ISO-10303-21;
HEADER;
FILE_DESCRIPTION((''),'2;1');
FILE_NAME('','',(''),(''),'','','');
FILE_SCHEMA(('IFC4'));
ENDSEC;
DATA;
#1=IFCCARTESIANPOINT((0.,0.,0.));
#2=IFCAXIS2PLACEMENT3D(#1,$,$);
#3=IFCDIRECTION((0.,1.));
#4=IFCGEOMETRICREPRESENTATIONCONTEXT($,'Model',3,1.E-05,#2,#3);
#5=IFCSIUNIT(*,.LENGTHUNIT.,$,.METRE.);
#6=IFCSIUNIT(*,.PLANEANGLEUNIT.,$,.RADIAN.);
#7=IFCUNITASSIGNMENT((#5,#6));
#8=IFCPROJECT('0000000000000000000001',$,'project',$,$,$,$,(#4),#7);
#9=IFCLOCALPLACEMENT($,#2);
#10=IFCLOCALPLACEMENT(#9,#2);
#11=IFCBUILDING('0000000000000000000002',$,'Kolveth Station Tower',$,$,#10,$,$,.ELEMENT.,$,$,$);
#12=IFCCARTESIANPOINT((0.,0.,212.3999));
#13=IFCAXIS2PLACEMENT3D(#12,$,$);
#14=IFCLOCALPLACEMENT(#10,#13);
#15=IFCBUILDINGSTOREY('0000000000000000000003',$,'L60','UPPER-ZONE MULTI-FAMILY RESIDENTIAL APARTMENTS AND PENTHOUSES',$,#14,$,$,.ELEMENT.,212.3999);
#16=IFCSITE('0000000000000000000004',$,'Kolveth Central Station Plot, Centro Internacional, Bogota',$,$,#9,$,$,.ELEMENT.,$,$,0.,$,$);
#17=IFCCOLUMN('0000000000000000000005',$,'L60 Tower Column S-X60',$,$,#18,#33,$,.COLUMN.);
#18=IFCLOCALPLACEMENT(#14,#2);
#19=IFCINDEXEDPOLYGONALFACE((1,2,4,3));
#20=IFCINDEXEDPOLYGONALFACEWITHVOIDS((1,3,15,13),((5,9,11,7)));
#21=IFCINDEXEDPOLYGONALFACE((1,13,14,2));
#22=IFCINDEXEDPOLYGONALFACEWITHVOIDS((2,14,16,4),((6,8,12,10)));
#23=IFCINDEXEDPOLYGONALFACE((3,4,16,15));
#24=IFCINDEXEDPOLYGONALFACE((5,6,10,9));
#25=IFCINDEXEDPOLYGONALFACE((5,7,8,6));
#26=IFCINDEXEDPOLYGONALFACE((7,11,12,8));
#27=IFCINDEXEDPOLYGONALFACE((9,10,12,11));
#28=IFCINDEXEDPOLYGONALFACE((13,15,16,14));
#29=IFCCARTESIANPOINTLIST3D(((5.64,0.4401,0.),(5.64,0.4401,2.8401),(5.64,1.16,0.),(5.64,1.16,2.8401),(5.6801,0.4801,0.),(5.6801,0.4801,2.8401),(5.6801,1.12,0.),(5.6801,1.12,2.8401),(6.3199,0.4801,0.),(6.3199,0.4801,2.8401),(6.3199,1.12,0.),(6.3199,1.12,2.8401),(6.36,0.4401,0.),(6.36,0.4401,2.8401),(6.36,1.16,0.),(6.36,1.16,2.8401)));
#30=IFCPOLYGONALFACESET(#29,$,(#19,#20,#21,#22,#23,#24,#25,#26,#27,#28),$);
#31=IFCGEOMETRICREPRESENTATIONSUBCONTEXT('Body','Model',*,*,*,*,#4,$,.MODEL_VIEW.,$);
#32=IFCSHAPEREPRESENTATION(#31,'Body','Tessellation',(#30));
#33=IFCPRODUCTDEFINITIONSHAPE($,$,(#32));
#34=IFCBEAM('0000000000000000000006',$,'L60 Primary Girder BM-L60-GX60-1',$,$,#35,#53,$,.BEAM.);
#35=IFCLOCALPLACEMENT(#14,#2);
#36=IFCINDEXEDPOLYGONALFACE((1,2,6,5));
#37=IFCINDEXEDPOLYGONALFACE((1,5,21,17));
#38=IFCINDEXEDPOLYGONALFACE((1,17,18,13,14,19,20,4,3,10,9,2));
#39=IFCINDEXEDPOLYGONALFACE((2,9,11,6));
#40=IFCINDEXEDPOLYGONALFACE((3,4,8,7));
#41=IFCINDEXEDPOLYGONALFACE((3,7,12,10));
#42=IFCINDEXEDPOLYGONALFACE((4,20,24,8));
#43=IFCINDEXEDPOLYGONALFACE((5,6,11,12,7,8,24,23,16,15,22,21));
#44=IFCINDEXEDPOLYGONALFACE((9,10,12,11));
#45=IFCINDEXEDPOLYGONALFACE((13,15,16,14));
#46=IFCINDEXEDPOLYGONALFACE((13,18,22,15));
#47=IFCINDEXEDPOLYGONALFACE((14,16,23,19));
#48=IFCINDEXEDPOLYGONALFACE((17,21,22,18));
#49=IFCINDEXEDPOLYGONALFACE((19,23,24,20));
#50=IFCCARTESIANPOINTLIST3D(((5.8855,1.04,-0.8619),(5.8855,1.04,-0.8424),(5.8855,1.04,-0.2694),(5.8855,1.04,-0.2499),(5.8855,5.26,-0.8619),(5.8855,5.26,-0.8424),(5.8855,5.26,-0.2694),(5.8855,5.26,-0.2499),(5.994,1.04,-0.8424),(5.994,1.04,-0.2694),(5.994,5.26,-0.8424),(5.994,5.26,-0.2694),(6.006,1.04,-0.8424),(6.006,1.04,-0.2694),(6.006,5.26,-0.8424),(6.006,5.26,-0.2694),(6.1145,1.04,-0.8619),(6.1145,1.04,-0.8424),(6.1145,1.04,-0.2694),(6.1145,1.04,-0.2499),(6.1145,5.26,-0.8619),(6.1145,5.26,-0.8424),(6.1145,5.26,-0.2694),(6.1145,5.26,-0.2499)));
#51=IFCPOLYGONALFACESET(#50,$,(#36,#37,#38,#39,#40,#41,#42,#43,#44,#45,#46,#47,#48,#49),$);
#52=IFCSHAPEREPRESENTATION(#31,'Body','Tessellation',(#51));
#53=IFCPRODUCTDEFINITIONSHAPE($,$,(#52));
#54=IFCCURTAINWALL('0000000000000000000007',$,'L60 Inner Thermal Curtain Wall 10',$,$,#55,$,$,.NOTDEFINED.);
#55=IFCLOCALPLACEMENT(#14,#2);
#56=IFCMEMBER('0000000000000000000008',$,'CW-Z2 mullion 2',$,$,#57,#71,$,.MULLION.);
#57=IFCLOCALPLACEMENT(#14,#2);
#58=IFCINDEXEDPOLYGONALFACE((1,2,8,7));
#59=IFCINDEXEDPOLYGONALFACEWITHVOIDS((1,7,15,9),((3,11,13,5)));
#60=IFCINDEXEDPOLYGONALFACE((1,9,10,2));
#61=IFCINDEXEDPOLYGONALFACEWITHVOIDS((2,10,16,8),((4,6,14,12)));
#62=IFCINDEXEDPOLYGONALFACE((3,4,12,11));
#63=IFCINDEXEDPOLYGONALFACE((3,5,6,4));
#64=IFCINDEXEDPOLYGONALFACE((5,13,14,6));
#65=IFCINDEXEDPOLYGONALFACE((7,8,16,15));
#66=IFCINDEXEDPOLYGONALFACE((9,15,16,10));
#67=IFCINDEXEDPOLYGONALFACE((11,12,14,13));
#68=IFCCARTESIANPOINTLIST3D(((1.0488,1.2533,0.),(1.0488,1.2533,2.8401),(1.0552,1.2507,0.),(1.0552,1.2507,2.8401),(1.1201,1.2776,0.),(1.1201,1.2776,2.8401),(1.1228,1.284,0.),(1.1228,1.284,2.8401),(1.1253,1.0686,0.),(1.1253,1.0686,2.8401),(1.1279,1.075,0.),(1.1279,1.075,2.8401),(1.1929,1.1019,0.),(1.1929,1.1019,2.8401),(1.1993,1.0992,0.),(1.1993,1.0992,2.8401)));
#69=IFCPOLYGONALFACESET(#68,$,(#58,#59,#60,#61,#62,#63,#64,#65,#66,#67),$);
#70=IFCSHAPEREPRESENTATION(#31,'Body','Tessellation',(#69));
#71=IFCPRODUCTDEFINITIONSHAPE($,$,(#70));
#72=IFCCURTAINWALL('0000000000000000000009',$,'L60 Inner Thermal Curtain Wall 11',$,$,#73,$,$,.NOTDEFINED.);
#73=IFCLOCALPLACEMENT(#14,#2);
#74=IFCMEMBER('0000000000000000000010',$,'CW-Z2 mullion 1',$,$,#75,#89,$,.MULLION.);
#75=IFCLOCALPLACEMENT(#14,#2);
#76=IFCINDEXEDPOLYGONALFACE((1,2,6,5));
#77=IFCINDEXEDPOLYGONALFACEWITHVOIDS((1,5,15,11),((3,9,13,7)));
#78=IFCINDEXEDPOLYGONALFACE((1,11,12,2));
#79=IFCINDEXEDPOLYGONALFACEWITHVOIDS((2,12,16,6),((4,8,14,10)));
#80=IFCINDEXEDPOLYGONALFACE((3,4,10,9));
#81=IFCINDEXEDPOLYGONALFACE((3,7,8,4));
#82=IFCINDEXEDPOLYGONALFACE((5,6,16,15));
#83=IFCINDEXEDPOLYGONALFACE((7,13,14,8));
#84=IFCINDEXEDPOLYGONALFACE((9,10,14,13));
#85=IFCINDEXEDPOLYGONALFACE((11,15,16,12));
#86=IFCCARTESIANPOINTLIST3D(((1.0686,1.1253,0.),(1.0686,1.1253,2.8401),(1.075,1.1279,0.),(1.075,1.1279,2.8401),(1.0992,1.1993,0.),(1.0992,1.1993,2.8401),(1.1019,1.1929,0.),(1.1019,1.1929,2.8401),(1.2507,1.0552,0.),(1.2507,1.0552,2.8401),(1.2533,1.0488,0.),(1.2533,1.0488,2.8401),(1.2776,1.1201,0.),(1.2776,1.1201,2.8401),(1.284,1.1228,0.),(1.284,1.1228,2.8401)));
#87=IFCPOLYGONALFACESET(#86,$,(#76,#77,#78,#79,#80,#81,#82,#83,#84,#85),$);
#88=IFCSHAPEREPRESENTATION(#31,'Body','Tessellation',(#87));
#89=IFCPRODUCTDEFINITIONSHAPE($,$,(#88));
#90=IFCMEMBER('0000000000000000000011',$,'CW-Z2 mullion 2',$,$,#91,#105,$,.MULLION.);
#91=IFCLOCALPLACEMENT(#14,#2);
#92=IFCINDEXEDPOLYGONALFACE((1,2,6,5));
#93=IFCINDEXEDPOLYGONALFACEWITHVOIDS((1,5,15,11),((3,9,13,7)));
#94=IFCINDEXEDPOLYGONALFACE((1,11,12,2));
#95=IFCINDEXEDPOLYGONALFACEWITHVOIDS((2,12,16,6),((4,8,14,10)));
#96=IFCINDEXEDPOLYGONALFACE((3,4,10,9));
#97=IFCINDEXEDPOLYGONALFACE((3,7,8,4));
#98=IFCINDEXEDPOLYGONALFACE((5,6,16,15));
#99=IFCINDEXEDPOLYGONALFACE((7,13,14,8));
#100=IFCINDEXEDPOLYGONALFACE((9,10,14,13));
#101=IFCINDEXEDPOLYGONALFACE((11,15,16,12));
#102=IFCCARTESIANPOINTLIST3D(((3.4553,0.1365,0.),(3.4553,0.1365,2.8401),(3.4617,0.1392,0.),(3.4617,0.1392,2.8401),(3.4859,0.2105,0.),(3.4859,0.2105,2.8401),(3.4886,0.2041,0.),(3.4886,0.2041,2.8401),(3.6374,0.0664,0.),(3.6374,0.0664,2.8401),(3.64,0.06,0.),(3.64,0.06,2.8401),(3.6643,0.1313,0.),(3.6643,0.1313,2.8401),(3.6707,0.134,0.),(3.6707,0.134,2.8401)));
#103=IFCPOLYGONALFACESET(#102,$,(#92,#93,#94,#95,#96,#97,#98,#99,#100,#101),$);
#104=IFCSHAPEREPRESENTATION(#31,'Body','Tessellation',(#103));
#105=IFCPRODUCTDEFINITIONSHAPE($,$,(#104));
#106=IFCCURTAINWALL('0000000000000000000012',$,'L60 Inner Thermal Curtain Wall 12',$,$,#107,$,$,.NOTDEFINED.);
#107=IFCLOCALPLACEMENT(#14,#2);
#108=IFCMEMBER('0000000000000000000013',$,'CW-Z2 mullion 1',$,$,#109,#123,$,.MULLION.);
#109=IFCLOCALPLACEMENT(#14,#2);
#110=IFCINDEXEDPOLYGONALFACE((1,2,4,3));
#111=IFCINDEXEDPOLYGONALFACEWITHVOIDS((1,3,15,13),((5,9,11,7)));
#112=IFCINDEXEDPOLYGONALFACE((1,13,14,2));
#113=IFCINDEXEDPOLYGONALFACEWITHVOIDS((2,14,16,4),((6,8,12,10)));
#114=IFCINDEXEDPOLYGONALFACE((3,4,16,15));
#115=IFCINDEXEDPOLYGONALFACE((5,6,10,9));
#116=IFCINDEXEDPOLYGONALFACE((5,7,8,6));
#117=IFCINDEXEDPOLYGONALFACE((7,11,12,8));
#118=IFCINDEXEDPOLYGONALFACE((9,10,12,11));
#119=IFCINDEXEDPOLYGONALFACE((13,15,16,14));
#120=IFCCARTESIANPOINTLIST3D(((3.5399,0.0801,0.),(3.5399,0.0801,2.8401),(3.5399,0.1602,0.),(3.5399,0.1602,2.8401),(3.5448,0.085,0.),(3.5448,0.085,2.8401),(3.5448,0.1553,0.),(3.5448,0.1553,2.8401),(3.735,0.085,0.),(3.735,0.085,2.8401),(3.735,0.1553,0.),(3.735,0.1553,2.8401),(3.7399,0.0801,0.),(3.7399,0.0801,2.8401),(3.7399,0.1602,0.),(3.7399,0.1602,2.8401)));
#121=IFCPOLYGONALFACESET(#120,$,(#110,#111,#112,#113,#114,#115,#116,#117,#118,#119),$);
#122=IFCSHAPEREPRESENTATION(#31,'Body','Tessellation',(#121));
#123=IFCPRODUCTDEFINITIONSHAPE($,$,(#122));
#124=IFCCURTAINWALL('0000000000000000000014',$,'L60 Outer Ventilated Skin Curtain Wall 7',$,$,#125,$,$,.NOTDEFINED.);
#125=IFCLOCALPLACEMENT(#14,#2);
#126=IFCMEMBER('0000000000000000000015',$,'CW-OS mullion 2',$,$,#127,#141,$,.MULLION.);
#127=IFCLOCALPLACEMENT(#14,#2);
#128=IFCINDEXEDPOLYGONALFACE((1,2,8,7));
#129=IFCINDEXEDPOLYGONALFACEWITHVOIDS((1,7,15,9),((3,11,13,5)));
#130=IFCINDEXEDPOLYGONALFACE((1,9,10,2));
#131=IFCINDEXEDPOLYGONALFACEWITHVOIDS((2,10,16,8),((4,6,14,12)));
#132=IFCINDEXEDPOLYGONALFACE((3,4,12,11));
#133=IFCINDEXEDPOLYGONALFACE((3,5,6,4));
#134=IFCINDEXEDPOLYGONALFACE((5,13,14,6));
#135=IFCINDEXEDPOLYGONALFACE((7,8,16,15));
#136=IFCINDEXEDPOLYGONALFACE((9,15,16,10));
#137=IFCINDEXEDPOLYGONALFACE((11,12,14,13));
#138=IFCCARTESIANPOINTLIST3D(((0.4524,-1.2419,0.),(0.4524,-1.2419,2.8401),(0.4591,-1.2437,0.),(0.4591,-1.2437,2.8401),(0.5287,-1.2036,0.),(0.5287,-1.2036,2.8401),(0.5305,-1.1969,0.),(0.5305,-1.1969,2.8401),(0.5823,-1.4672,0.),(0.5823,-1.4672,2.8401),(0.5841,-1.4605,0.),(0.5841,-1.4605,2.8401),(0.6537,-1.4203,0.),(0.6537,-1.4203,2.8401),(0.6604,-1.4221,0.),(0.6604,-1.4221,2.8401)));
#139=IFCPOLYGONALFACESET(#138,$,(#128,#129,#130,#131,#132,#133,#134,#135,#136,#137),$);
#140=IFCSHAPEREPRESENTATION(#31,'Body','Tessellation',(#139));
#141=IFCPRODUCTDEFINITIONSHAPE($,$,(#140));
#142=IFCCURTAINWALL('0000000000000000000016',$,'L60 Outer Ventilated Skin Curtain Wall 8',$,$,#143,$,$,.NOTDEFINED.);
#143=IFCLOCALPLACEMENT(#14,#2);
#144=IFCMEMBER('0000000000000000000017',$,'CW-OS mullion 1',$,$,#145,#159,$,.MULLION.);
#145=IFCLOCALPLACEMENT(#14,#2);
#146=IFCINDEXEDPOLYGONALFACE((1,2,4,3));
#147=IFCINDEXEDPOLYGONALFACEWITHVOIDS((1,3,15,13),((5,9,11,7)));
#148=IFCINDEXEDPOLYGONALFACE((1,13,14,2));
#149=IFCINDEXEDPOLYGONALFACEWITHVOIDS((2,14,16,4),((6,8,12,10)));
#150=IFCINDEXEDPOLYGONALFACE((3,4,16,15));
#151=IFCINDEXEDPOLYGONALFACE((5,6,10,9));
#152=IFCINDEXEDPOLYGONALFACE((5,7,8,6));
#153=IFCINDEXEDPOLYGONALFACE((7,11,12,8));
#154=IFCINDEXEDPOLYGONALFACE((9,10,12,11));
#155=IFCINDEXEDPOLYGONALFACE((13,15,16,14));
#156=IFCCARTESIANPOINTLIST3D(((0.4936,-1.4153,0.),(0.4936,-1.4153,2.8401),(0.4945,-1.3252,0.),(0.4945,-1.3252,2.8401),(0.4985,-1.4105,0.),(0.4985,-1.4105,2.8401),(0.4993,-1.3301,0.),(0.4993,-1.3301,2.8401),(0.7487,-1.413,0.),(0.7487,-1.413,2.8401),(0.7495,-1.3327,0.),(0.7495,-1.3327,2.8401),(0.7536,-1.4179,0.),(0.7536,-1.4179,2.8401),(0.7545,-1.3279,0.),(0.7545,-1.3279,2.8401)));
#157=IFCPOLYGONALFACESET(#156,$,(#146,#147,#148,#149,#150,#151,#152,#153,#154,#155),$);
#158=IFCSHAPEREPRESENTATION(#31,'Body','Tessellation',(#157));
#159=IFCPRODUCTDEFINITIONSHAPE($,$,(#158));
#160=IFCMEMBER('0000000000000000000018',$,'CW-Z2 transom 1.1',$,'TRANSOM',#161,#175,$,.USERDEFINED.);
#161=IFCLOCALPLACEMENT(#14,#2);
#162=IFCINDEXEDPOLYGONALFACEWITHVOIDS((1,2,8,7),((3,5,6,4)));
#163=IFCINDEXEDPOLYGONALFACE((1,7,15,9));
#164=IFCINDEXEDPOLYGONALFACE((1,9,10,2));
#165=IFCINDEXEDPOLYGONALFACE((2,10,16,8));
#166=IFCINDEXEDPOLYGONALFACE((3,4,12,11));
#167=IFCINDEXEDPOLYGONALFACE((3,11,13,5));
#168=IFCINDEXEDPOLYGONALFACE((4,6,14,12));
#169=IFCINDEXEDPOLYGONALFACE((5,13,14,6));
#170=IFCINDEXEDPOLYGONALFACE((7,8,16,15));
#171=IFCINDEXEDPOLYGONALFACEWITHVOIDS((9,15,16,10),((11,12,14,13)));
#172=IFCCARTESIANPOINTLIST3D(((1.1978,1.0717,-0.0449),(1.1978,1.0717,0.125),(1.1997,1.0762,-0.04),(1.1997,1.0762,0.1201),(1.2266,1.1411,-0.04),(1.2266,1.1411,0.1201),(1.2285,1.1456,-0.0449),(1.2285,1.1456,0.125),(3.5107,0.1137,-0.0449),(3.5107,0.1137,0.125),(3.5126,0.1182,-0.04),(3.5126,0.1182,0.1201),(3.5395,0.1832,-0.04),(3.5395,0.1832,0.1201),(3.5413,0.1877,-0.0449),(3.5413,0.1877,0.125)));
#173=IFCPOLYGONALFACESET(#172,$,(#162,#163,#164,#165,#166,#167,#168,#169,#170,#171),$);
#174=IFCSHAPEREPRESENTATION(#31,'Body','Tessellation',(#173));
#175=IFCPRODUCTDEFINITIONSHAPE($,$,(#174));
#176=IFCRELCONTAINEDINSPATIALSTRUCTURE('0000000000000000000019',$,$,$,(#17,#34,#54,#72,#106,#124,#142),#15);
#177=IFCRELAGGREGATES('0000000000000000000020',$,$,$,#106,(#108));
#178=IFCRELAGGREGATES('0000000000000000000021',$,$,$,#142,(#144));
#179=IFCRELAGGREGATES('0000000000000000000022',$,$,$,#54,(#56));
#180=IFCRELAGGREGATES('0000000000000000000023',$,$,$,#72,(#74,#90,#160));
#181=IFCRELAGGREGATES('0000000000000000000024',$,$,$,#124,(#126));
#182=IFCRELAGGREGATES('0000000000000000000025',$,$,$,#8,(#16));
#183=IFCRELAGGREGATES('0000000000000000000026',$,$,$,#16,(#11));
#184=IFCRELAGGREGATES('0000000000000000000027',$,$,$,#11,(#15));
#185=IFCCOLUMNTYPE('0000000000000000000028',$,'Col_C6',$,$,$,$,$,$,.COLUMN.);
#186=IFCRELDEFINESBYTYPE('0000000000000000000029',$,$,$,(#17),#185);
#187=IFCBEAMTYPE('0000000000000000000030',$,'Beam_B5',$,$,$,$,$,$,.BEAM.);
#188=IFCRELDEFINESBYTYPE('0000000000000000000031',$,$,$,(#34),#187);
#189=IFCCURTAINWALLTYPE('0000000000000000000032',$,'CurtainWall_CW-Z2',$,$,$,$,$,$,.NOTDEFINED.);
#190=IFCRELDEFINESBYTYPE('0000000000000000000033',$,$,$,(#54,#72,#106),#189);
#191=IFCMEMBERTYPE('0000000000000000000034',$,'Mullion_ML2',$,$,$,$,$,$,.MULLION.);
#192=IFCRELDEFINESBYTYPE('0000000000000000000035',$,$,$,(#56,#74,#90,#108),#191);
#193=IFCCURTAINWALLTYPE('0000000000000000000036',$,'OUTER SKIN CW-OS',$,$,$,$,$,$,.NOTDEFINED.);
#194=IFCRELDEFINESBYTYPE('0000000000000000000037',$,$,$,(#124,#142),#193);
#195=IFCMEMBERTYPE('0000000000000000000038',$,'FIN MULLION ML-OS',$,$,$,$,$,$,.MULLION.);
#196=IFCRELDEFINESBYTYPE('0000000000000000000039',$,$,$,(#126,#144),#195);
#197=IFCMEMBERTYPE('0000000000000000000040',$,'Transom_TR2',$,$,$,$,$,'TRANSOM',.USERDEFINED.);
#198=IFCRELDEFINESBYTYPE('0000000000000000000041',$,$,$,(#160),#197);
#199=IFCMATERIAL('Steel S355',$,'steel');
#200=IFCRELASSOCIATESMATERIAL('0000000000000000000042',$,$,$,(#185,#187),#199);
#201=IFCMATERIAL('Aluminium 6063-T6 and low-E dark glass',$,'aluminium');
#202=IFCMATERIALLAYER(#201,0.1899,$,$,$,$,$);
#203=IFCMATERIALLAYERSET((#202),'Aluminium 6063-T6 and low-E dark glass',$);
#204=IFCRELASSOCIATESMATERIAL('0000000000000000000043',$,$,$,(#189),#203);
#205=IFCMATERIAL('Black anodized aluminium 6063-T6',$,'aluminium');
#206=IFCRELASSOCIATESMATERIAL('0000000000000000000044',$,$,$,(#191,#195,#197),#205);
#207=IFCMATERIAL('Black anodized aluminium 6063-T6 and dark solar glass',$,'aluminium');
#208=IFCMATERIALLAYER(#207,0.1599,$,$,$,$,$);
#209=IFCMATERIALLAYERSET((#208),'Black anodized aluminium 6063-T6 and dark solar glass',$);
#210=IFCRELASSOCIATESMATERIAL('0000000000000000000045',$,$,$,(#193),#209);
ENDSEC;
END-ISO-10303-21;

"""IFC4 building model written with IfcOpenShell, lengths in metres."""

from ifc_helpers import new_model, si_unit, direction, frame, origin, origin_2d, place, context, subcontext, project, spatial, hollow_rectangle, i_section, extrude, source, transform, mapped, material, layer, layer_set, material_profile, profile_set, type_object, element, aggregate, save


model = new_model("IFC4")

# Units and contexts
model_context = context("Model", 3, precision=1e-05, world=origin(), true_north=direction((0.0, 1.0)))
body_context = subcontext(model_context, "Body", "Model", "MODEL_VIEW")
ifc_project = project(units=[si_unit("LENGTHUNIT", "METRE"), si_unit("PLANEANGLEUNIT", "RADIAN")], contexts=[model_context])

# Site, building, storey
site_placement = place(None, origin())
site = spatial("IfcSite", under=ifc_project, at=site_placement, Name="Kolveth Central Station Plot, Centro Internacional, Bogota", CompositionType="ELEMENT", RefElevation=0.0)
building_placement = place(site_placement, origin())
building = spatial("IfcBuilding", under=site, at=building_placement, Name="Kolveth Station Tower", CompositionType="ELEMENT")
storey_placement = place(building_placement, frame((0.0, 0.0, 212.3999)))
storey = spatial("IfcBuildingStorey", under=building, at=storey_placement, Name="L60", Description="UPPER-ZONE MULTI-FAMILY RESIDENTIAL APARTMENTS AND PENTHOUSES", CompositionType="ELEMENT", Elevation=212.3999)

# Column
ifc_material_1 = material(Name="Steel S355", Category="steel")
ifc_material_profile_1 = material_profile(ifc_material_1, hollow_rectangle(XDim=0.72, YDim=0.72, WallThickness=0.04, at=origin_2d()), Name="BOX720x720x40")
ifc_profile_set_1 = profile_set([ifc_material_profile_1], Name="Steel S355")
column_type = type_object("IfcColumnType", Name="Col_C6", PredefinedType="COLUMN", material=ifc_profile_set_1)
shared_shape_1 = source(origin(), body_context, "Body", "SweptSolid", [
    extrude(hollow_rectangle(XDim=0.72, YDim=0.72, WallThickness=0.04, at=origin_2d()), origin(), (0.0, 0.0, 1.0), 2.8401),
])
column_placement = place(storey_placement, frame((6.0, 0.8, 0.0), z_axis=(0.0, 0.0, 1.0), x_axis=(1.0, 0.0, 0.0)))
element("IfcColumn", 1, at=column_placement, inside=storey, type_object=column_type, Name="L60 Tower Column S-X60", PredefinedType="COLUMN", context=body_context, shape_type="MappedRepresentation", body=[
    mapped(shared_shape_1, transform((0.0, 0.0, 0.0), x_axis=(1.0, 0.0, 0.0), y_axis=(0.0, 1.0, 0.0), z_axis=(0.0, 0.0, 1.0), scale=1.0)),
])

# Beam
ifc_material_profile_2 = material_profile(ifc_material_1, i_section(OverallWidth=0.229, OverallDepth=0.6121, WebThickness=0.012, FlangeThickness=0.0195, at=origin_2d()), Name="W610x125")
ifc_profile_set_2 = profile_set([ifc_material_profile_2], Name="Steel S355")
beam_type = type_object("IfcBeamType", Name="Beam_B5", PredefinedType="BEAM", material=ifc_profile_set_2)
shared_shape_2 = source(origin(), body_context, "Body", "SweptSolid", [
    extrude(i_section(OverallWidth=0.229, OverallDepth=0.6121, WebThickness=0.012, FlangeThickness=0.0195, at=origin_2d()), origin(), (0.0, 0.0, 1.0), 4.22),
])
beam_placement = place(storey_placement, frame((6.0, 1.04, -0.5559), z_axis=(0.0, 1.0, 0.0), x_axis=(-1.0, 0.0, 0.0)))
element("IfcBeam", 2, at=beam_placement, inside=storey, type_object=beam_type, Name="L60 Primary Girder BM-L60-GX60-1", PredefinedType="BEAM", context=body_context, shape_type="MappedRepresentation", body=[
    mapped(shared_shape_2, transform((0.0, 0.0, 0.0), x_axis=(1.0, 0.0, 0.0), y_axis=(0.0, 1.0, 0.0), z_axis=(0.0, 0.0, 1.0), scale=1.0)),
])

# Curtain wall, member
ifc_material_2 = material(Name="Aluminium 6063-T6 and low-E dark glass", Category="aluminium")
ifc_layer_1 = layer(ifc_material_2, 0.1899)
ifc_layer_set_1 = layer_set([ifc_layer_1], Name="Aluminium 6063-T6 and low-E dark glass")
curtain_wall_type_1 = type_object("IfcCurtainWallType", Name="CurtainWall_CW-Z2", PredefinedType="NOTDEFINED", material=ifc_layer_set_1)
curtain_wall_1_placement = place(storey_placement, origin())
curtain_wall_1 = element("IfcCurtainWall", 3, at=curtain_wall_1_placement, inside=storey, type_object=curtain_wall_type_1, Name="L60 Inner Thermal Curtain Wall 10", PredefinedType="NOTDEFINED")
ifc_material_3 = material(Name="Black anodized aluminium 6063-T6", Category="aluminium")
ifc_material_profile_3 = material_profile(ifc_material_3, hollow_rectangle(XDim=0.0801, YDim=0.2, WallThickness=0.0049, at=origin_2d()), Name="ALU-80x200x5")
ifc_profile_set_3 = profile_set([ifc_material_profile_3], Name="Black anodized aluminium 6063-T6")
member_type_1 = type_object("IfcMemberType", Name="Mullion_ML2", PredefinedType="MULLION", material=ifc_profile_set_3)
shared_shape_3 = source(origin(), body_context, "Body", "SweptSolid", [
    extrude(hollow_rectangle(XDim=0.0801, YDim=0.2, WallThickness=0.0049, at=origin_2d()), origin(), (0.0, 0.0, 1.0), 2.8401),
])
member_1_placement = place(storey_placement, frame((1.124, 1.1763, 0.0), z_axis=(0.0, 0.0, 1.0), x_axis=(0.923874, 0.382698, 0.0)))
member_1 = element("IfcMember", 4, at=member_1_placement, type_object=member_type_1, Name="CW-Z2 mullion 2", PredefinedType="MULLION", context=body_context, shape_type="MappedRepresentation", body=[
    mapped(shared_shape_3, transform((0.0, 0.0, 0.0), x_axis=(1.0, 0.0, 0.0), y_axis=(0.0, 1.0, 0.0), z_axis=(0.0, 0.0, 1.0), scale=1.0)),
])

# Curtain wall, members
curtain_wall_2_placement = place(storey_placement, origin())
curtain_wall_2 = element("IfcCurtainWall", 5, at=curtain_wall_2_placement, inside=storey, type_object=curtain_wall_type_1, Name="L60 Inner Thermal Curtain Wall 11", PredefinedType="NOTDEFINED")
member_2_placement = place(storey_placement, frame((1.1763, 1.124, 0.0), z_axis=(0.0, 0.0, 1.0), x_axis=(0.382698, 0.923874, 0.0)))
member_2 = element("IfcMember", 6, at=member_2_placement, type_object=member_type_1, Name="CW-Z2 mullion 1", PredefinedType="MULLION", context=body_context, shape_type="MappedRepresentation", body=[
    mapped(shared_shape_3, transform((0.0, 0.0, 0.0), x_axis=(1.0, 0.0, 0.0), y_axis=(0.0, 1.0, 0.0), z_axis=(0.0, 0.0, 1.0), scale=1.0)),
])
member_3_placement = place(storey_placement, frame((3.563, 0.1353, 0.0), z_axis=(0.0, 0.0, 1.0), x_axis=(0.382698, 0.923874, 0.0)))
member_3 = element("IfcMember", 7, at=member_3_placement, type_object=member_type_1, Name="CW-Z2 mullion 2", PredefinedType="MULLION", context=body_context, shape_type="MappedRepresentation", body=[
    mapped(shared_shape_3, transform((0.0, 0.0, 0.0), x_axis=(1.0, 0.0, 0.0), y_axis=(0.0, 1.0, 0.0), z_axis=(0.0, 0.0, 1.0), scale=1.0)),
])

# Curtain walls, members
curtain_wall_3_placement = place(storey_placement, origin())
curtain_wall_3 = element("IfcCurtainWall", 8, at=curtain_wall_3_placement, inside=storey, type_object=curtain_wall_type_1, Name="L60 Inner Thermal Curtain Wall 12", PredefinedType="NOTDEFINED")
member_4_placement = place(storey_placement, frame((3.6399, 0.1201, 0.0), z_axis=(0.0, 0.0, 1.0), x_axis=(0.0, 1.0, 0.0)))
member_4 = element("IfcMember", 9, at=member_4_placement, type_object=member_type_1, Name="CW-Z2 mullion 1", PredefinedType="MULLION", context=body_context, shape_type="MappedRepresentation", body=[
    mapped(shared_shape_3, transform((0.0, 0.0, 0.0), x_axis=(1.0, 0.0, 0.0), y_axis=(0.0, 1.0, 0.0), z_axis=(0.0, 0.0, 1.0), scale=1.0)),
])
ifc_material_4 = material(Name="Black anodized aluminium 6063-T6 and dark solar glass", Category="aluminium")
ifc_layer_2 = layer(ifc_material_4, 0.1599)
ifc_layer_set_2 = layer_set([ifc_layer_2], Name="Black anodized aluminium 6063-T6 and dark solar glass")
curtain_wall_type_2 = type_object("IfcCurtainWallType", Name="OUTER SKIN CW-OS", PredefinedType="NOTDEFINED", material=ifc_layer_set_2)
curtain_wall_4_placement = place(storey_placement, origin())
curtain_wall_4 = element("IfcCurtainWall", 10, at=curtain_wall_4_placement, inside=storey, type_object=curtain_wall_type_2, Name="L60 Outer Ventilated Skin Curtain Wall 7", PredefinedType="NOTDEFINED")
ifc_material_profile_4 = material_profile(ifc_material_3, hollow_rectangle(XDim=0.0901, YDim=0.26, WallThickness=0.0049, at=origin_2d()), Name="ALU-90x260x5")
ifc_profile_set_4 = profile_set([ifc_material_profile_4], Name="Black anodized aluminium 6063-T6")
member_type_2 = type_object("IfcMemberType", Name="FIN MULLION ML-OS", PredefinedType="MULLION", material=ifc_profile_set_4)
shared_shape_4 = source(origin(), body_context, "Body", "SweptSolid", [
    extrude(hollow_rectangle(XDim=0.0901, YDim=0.26, WallThickness=0.0049, at=origin_2d()), origin(), (0.0, 0.0, 1.0), 2.8401),
])
member_5_placement = place(storey_placement, frame((0.5564, -1.332, 0.0), z_axis=(0.0, 0.0, 1.0), x_axis=(0.866221, 0.49966, 0.0)))
member_5 = element("IfcMember", 11, at=member_5_placement, type_object=member_type_2, Name="CW-OS mullion 2", PredefinedType="MULLION", context=body_context, shape_type="MappedRepresentation", body=[
    mapped(shared_shape_4, transform((0.0, 0.0, 0.0), x_axis=(1.0, 0.0, 0.0), y_axis=(0.0, 1.0, 0.0), z_axis=(0.0, 0.0, 1.0), scale=1.0)),
])
curtain_wall_5_placement = place(storey_placement, origin())
curtain_wall_5 = element("IfcCurtainWall", 12, at=curtain_wall_5_placement, inside=storey, type_object=curtain_wall_type_2, Name="L60 Outer Ventilated Skin Curtain Wall 8", PredefinedType="NOTDEFINED")
member_6_placement = place(storey_placement, frame((0.624, -1.3716, 0.0), z_axis=(0.0, 0.0, 1.0), x_axis=(0.01018, 0.999948, 0.0)))
member_6 = element("IfcMember", 13, at=member_6_placement, type_object=member_type_2, Name="CW-OS mullion 1", PredefinedType="MULLION", context=body_context, shape_type="MappedRepresentation", body=[
    mapped(shared_shape_4, transform((0.0, 0.0, 0.0), x_axis=(1.0, 0.0, 0.0), y_axis=(0.0, 1.0, 0.0), z_axis=(0.0, 0.0, 1.0), scale=1.0)),
])

# Member
ifc_material_profile_5 = material_profile(ifc_material_3, hollow_rectangle(XDim=0.0801, YDim=0.1699, WallThickness=0.0049, at=origin_2d()), Name="ALU-80x170x5")
ifc_profile_set_5 = profile_set([ifc_material_profile_5], Name="Black anodized aluminium 6063-T6")
member_type_3 = type_object("IfcMemberType", Name="Transom_TR2", ElementType="TRANSOM", PredefinedType="USERDEFINED", material=ifc_profile_set_5)
shared_shape_5 = source(origin(), body_context, "Body", "SweptSolid", [
    extrude(hollow_rectangle(XDim=0.0801, YDim=0.1699, WallThickness=0.0049, at=origin_2d()), origin(), (0.0, 0.0, 1.0), 2.5034),
])
member_7_placement = place(storey_placement, frame((1.2131, 1.1086, 0.04), z_axis=(0.923888, -0.382662, 0.0), x_axis=(0.382662, 0.923888, 0.0)))
member_7 = element("IfcMember", 14, at=member_7_placement, type_object=member_type_3, Name="CW-Z2 transom 1.1", ObjectType="TRANSOM", PredefinedType="USERDEFINED", context=body_context, shape_type="MappedRepresentation", body=[
    mapped(shared_shape_5, transform((0.0, 0.0, 0.0), x_axis=(1.0, 0.0, 0.0), y_axis=(0.0, 1.0, 0.0), z_axis=(0.0, 0.0, 1.0), scale=1.0)),
])
aggregate(curtain_wall_3, [member_4])
aggregate(curtain_wall_5, [member_6])

aggregate(curtain_wall_1, [member_1])
aggregate(curtain_wall_2, [member_2, member_3, member_7])
aggregate(curtain_wall_4, [member_5])

save(model, "model.ifc")
